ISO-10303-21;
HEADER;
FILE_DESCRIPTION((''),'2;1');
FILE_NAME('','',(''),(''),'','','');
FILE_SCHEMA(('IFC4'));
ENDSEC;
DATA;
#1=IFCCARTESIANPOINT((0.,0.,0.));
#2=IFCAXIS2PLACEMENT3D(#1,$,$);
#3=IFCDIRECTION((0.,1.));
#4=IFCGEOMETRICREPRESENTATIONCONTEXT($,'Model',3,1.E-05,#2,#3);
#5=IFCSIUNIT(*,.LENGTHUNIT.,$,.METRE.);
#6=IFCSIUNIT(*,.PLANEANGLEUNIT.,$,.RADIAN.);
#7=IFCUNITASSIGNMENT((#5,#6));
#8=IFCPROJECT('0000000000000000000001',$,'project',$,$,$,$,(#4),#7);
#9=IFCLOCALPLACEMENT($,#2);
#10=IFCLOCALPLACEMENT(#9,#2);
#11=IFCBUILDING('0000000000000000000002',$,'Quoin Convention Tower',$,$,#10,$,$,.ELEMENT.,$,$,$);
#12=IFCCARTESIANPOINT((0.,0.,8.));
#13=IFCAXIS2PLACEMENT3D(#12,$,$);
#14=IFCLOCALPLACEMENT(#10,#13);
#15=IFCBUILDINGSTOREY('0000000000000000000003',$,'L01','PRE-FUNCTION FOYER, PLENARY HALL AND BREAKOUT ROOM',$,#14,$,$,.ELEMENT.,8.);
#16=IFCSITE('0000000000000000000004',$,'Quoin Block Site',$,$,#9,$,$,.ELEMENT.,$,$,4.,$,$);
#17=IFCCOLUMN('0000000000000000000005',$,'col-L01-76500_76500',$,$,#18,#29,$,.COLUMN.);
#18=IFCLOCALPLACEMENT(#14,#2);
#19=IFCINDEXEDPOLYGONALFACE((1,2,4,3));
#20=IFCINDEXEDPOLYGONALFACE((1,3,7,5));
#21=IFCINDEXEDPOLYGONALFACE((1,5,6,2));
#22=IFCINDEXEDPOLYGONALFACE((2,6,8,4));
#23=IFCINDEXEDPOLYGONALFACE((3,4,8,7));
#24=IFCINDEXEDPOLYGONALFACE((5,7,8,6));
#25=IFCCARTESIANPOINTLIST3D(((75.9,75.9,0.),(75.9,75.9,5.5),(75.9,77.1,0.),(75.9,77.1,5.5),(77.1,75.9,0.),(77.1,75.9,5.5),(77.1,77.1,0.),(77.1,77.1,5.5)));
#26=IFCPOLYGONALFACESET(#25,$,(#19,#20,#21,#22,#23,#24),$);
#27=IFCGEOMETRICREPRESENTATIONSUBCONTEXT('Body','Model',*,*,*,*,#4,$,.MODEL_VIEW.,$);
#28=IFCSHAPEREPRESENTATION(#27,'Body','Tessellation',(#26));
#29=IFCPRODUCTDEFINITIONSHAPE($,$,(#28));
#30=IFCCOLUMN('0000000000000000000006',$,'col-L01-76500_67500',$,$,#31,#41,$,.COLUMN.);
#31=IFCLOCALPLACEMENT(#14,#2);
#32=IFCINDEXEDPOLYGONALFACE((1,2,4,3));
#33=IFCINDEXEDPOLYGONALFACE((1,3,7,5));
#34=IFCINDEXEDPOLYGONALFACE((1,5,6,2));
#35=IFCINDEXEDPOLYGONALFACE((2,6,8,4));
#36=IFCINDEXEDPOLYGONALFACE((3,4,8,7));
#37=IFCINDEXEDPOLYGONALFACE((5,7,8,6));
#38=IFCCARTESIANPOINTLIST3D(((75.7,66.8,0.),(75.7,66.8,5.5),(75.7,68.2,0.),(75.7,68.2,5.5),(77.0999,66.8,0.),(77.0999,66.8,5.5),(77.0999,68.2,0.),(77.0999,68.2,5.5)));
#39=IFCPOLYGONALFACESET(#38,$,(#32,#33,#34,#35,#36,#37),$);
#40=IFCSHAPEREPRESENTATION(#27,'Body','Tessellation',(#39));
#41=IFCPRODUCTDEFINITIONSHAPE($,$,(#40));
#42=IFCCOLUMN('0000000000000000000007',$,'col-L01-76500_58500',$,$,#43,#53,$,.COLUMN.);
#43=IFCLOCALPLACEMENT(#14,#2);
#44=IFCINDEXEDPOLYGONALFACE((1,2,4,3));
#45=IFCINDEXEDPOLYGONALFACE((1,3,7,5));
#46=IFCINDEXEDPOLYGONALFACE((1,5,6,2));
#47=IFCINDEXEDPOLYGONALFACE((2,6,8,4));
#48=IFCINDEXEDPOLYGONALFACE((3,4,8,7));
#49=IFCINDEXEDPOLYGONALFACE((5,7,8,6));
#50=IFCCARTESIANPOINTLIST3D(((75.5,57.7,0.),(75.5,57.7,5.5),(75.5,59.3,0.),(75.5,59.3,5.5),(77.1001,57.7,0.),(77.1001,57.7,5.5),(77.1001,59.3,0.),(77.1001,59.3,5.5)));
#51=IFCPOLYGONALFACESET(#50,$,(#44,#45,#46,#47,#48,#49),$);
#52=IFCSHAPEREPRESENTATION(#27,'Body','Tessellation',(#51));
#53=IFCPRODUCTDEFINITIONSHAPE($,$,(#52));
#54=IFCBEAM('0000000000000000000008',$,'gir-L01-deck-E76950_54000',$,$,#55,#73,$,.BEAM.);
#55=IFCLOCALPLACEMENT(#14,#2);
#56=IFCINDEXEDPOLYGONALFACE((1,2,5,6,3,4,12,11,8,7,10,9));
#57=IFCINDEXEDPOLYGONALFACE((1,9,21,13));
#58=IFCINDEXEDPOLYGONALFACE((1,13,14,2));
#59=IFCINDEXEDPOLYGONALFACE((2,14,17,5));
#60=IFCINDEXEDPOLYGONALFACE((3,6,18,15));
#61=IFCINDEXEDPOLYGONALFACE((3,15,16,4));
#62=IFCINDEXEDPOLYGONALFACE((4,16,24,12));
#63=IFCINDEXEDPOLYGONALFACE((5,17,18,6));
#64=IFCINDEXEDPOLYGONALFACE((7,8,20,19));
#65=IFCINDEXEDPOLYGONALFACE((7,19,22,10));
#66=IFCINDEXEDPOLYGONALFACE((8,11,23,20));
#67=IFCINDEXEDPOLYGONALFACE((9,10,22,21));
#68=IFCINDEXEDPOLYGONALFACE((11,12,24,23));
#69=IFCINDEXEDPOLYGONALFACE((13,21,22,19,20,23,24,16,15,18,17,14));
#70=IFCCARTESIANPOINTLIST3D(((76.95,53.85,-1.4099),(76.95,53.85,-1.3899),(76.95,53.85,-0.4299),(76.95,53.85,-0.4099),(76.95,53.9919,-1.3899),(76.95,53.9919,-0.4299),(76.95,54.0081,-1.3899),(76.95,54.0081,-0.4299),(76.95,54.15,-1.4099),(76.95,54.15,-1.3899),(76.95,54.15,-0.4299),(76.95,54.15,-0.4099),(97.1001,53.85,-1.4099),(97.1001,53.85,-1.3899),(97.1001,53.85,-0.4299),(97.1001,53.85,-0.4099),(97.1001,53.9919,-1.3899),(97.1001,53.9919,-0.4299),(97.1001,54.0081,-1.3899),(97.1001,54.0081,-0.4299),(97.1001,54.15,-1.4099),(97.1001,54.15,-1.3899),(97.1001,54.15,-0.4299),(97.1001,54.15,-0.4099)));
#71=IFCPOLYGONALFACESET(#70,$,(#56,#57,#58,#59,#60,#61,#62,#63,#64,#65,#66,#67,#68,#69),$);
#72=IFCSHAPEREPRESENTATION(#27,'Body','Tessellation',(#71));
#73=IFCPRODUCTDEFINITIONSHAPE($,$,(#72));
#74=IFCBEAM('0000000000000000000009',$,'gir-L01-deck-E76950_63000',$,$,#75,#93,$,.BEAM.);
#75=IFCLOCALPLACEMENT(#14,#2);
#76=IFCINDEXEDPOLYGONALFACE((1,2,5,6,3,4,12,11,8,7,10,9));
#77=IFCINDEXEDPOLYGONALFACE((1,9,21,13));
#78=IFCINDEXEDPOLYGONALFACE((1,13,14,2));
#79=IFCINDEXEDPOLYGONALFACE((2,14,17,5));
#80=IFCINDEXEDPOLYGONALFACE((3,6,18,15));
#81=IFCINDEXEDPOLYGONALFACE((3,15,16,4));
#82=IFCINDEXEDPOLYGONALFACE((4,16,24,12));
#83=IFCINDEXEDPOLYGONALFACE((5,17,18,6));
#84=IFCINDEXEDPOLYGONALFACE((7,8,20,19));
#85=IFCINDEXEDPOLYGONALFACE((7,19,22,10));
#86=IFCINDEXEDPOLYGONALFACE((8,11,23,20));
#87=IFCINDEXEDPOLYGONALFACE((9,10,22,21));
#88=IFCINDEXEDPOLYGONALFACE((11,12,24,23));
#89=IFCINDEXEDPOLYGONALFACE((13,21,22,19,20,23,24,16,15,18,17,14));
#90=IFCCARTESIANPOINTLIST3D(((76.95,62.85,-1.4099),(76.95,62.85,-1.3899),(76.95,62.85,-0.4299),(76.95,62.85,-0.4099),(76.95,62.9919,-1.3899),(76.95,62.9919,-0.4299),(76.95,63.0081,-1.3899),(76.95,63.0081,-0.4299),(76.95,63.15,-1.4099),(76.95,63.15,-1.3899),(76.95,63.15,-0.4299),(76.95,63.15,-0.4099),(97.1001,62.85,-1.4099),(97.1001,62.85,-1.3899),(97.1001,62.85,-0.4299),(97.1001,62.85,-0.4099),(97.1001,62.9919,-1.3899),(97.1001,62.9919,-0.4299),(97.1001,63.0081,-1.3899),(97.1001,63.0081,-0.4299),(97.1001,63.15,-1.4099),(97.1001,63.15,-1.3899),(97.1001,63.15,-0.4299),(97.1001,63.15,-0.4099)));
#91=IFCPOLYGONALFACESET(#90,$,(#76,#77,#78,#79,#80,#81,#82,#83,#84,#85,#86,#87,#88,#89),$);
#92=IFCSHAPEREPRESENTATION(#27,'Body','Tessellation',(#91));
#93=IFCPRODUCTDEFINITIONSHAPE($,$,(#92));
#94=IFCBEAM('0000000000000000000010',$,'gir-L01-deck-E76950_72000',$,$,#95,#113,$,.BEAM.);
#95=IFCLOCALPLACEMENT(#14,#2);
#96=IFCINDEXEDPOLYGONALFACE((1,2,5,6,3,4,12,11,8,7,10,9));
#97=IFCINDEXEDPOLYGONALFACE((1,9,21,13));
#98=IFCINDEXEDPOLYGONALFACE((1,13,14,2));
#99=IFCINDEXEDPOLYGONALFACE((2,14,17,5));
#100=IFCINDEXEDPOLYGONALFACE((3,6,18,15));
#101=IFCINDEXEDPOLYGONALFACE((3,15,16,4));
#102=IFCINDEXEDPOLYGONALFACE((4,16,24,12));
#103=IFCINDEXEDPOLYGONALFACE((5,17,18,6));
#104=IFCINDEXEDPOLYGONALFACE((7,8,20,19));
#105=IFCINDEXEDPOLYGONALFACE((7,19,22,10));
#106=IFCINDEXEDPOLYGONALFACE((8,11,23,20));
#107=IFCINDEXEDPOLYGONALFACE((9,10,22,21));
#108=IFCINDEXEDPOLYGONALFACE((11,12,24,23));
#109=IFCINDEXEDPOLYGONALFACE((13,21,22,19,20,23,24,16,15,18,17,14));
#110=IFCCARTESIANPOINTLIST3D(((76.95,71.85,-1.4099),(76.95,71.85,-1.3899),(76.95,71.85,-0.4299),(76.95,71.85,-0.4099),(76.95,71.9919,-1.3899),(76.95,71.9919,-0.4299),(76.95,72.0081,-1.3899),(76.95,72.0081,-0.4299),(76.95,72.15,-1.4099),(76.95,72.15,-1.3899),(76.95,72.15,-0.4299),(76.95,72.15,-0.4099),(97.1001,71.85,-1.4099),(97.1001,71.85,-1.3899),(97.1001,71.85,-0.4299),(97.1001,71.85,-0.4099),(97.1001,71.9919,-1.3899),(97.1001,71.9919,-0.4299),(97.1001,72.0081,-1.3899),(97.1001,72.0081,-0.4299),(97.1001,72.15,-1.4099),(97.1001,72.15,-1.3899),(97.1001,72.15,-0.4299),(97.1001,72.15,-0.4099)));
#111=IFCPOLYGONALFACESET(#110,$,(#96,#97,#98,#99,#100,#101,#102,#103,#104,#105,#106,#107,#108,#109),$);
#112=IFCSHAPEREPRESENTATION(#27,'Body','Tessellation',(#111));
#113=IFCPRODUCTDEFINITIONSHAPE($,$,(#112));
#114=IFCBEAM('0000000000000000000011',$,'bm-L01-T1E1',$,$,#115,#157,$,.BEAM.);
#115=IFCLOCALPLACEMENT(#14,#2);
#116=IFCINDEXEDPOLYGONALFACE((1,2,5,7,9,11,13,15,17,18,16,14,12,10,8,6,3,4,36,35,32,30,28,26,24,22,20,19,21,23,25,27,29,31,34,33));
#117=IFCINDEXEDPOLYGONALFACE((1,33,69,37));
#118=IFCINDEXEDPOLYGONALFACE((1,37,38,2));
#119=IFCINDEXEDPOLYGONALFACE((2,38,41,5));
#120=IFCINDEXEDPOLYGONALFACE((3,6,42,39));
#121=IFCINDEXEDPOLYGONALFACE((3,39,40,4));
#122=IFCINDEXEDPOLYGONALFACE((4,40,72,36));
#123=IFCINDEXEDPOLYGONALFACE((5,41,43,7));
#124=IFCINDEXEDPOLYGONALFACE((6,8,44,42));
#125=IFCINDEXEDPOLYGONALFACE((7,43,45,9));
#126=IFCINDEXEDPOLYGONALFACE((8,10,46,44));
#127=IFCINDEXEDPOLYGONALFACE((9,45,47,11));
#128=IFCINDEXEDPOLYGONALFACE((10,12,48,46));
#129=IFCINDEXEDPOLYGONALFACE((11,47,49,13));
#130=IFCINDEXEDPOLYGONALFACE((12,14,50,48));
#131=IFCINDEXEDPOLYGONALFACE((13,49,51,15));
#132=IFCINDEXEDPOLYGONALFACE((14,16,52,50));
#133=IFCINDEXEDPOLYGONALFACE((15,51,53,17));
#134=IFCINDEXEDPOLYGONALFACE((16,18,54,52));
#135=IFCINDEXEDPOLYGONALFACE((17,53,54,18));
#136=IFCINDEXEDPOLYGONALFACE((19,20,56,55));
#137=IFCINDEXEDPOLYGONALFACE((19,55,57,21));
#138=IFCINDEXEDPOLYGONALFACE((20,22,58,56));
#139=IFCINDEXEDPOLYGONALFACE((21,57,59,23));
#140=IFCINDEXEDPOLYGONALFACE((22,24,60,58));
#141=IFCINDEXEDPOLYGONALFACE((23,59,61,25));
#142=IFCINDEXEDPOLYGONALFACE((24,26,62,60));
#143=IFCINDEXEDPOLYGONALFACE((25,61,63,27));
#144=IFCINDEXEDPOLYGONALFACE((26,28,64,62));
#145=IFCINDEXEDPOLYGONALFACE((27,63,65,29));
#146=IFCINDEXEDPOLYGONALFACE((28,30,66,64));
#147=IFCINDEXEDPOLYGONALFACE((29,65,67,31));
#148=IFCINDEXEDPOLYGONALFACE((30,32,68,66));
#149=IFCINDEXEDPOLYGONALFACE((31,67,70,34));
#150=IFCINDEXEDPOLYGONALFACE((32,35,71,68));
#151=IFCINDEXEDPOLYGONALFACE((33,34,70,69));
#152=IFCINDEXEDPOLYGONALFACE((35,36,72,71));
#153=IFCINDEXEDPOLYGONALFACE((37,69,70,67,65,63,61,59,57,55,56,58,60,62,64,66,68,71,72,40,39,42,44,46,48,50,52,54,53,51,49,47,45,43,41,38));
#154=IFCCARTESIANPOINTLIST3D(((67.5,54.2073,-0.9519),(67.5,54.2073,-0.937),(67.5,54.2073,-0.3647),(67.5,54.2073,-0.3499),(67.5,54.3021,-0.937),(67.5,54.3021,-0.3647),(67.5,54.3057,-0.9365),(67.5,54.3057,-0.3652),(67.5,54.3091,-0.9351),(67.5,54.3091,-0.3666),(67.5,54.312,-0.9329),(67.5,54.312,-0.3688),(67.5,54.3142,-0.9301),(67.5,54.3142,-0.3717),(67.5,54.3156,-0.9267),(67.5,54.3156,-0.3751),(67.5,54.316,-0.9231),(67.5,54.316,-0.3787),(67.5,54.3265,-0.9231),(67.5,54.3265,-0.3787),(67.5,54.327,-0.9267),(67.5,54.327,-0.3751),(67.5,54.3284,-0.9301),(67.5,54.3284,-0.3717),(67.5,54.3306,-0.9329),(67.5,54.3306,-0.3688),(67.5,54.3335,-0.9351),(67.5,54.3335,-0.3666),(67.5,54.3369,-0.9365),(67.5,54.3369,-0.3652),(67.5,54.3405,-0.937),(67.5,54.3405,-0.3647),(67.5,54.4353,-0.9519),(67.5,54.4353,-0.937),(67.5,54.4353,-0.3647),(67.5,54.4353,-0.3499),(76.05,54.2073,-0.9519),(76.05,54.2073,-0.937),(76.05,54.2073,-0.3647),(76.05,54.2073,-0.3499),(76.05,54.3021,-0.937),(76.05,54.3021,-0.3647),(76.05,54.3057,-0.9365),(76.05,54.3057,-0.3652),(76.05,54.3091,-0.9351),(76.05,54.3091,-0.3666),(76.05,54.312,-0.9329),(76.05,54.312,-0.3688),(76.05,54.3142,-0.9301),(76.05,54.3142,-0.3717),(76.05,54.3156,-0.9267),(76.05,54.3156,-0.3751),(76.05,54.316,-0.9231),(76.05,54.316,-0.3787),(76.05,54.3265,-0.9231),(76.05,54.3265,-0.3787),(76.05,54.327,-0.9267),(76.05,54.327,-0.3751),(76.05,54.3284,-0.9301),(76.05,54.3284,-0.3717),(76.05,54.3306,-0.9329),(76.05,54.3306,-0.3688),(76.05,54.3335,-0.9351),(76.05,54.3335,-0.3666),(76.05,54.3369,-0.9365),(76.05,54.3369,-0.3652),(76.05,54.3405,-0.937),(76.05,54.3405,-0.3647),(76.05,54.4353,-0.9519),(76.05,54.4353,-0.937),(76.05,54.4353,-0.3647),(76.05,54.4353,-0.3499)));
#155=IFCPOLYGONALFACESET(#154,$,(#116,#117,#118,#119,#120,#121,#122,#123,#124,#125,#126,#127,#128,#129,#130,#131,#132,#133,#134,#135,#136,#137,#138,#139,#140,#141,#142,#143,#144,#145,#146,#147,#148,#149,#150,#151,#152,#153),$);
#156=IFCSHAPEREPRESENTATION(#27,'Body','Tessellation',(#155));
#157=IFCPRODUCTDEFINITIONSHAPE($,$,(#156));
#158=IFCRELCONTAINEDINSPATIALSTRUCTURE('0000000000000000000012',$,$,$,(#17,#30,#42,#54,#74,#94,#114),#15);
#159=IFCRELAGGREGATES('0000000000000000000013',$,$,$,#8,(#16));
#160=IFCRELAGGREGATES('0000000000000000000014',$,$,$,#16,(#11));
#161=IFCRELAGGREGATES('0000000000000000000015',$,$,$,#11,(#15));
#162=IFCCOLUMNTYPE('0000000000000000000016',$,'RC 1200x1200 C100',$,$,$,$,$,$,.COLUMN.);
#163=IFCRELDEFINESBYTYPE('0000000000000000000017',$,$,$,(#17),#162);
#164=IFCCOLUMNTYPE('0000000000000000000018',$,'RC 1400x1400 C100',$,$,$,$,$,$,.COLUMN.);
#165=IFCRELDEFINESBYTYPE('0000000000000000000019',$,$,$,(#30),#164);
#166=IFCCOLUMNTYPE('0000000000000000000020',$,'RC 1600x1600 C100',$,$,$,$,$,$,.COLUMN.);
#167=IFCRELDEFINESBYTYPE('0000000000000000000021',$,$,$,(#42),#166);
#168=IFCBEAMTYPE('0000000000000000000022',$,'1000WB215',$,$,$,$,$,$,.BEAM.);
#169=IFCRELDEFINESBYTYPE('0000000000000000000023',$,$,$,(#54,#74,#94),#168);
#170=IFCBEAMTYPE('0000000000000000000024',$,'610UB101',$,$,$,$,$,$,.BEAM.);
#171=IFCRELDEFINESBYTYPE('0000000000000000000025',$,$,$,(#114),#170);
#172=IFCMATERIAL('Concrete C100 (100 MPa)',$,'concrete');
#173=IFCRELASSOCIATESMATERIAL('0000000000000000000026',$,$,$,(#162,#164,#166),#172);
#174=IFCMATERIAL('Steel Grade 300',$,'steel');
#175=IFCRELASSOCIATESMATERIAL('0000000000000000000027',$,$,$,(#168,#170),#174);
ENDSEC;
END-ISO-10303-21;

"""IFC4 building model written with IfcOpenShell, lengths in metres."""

from ifc_helpers import new_model, si_unit, direction, frame, origin, origin_2d, place, context, subcontext, project, spatial, rectangle, i_section, extrude, material, material_profile, profile_set, type_object, element, save


model = new_model("IFC4")

# Units and contexts
model_context = context("Model", 3, precision=1e-05, world=origin(), true_north=direction((0.0, 1.0)))
body_context = subcontext(model_context, "Body", "Model", "MODEL_VIEW")
ifc_project = project(units=[si_unit("LENGTHUNIT", "METRE"), si_unit("PLANEANGLEUNIT", "RADIAN")], contexts=[model_context])

# Site, building, storey
site_placement = place(None, origin())
site = spatial("IfcSite", under=ifc_project, at=site_placement, Name="Quoin Block Site", CompositionType="ELEMENT", RefElevation=4.0)
building_placement = place(site_placement, origin())
building = spatial("IfcBuilding", under=site, at=building_placement, Name="Quoin Convention Tower", CompositionType="ELEMENT")
storey_placement = place(building_placement, frame((0.0, 0.0, 8.0)))
storey = spatial("IfcBuildingStorey", under=building, at=storey_placement, Name="L01", Description="PRE-FUNCTION FOYER, PLENARY HALL AND BREAKOUT ROOM", CompositionType="ELEMENT", Elevation=8.0)

# Columns
ifc_material_1 = material(Name="Concrete C100 (100 MPa)", Category="concrete")
ifc_material_profile_1 = material_profile(ifc_material_1, rectangle(XDim=1.2, YDim=1.2, at=origin_2d()), Name="RC 1200x1200")
ifc_profile_set_1 = profile_set([ifc_material_profile_1], Name="Concrete C100 (100 MPa)")
column_type_1 = type_object("IfcColumnType", Name="RC 1200x1200 C100", PredefinedType="COLUMN", material=ifc_profile_set_1)
column_1_placement = place(storey_placement, frame((76.5, 76.5, 0.0), z_axis=(0.0, 0.0, 1.0), x_axis=(1.0, 0.0, 0.0)))
element("IfcColumn", 1, at=column_1_placement, inside=storey, type_object=column_type_1, Name="col-L01-76500_76500", PredefinedType="COLUMN", context=body_context, shape_type="SweptSolid", body=[
    extrude(rectangle(XDim=1.2, YDim=1.2, at=origin_2d()), origin(), (0.0, 0.0, 1.0), 5.5),
])
ifc_material_profile_2 = material_profile(ifc_material_1, rectangle(XDim=1.3999, YDim=1.3999, at=origin_2d()), Name="RC 1400x1400")
ifc_profile_set_2 = profile_set([ifc_material_profile_2], Name="Concrete C100 (100 MPa)")
column_type_2 = type_object("IfcColumnType", Name="RC 1400x1400 C100", PredefinedType="COLUMN", material=ifc_profile_set_2)
column_2_placement = place(storey_placement, frame((76.3999, 67.5, 0.0), z_axis=(0.0, 0.0, 1.0), x_axis=(1.0, 0.0, 0.0)))
element("IfcColumn", 2, at=column_2_placement, inside=storey, type_object=column_type_2, Name="col-L01-76500_67500", PredefinedType="COLUMN", context=body_context, shape_type="SweptSolid", body=[
    extrude(rectangle(XDim=1.3999, YDim=1.3999, at=origin_2d()), origin(), (0.0, 0.0, 1.0), 5.5),
])
ifc_material_profile_3 = material_profile(ifc_material_1, rectangle(XDim=1.6001, YDim=1.6001, at=origin_2d()), Name="RC 1600x1600")
ifc_profile_set_3 = profile_set([ifc_material_profile_3], Name="Concrete C100 (100 MPa)")
column_type_3 = type_object("IfcColumnType", Name="RC 1600x1600 C100", PredefinedType="COLUMN", material=ifc_profile_set_3)
column_3_placement = place(storey_placement, frame((76.3, 58.5, 0.0), z_axis=(0.0, 0.0, 1.0), x_axis=(1.0, 0.0, 0.0)))
element("IfcColumn", 3, at=column_3_placement, inside=storey, type_object=column_type_3, Name="col-L01-76500_58500", PredefinedType="COLUMN", context=body_context, shape_type="SweptSolid", body=[
    extrude(rectangle(XDim=1.6001, YDim=1.6001, at=origin_2d()), origin(), (0.0, 0.0, 1.0), 5.5),
])

# Beams
ifc_material_2 = material(Name="Steel Grade 300", Category="steel")
ifc_material_profile_4 = material_profile(ifc_material_2, i_section(OverallWidth=0.3, OverallDepth=1.0, WebThickness=0.0161, FlangeThickness=0.02, at=origin_2d()), Name="1000WB215")
ifc_profile_set_4 = profile_set([ifc_material_profile_4], Name="Steel Grade 300")
beam_type_1 = type_object("IfcBeamType", Name="1000WB215", PredefinedType="BEAM", material=ifc_profile_set_4)
for number, where, z_axis, x_axis, name in (
    (4, (76.95, 54.0, -0.9099), (1.0, 0.0, 0.0), (0.0, 1.0, 0.0), "gir-L01-deck-E76950_54000"),
    (5, (76.95, 63.0, -0.9099), (1.0, 0.0, 0.0), (0.0, 1.0, 0.0), "gir-L01-deck-E76950_63000"),
    (6, (76.95, 72.0, -0.9099), (1.0, 0.0, 0.0), (0.0, 1.0, 0.0), "gir-L01-deck-E76950_72000"),
):
    element("IfcBeam", number, at=place(storey_placement, frame(where, z_axis=z_axis, x_axis=x_axis)), inside=storey, type_object=beam_type_1, Name=name, PredefinedType="BEAM", context=body_context, shape_type="SweptSolid", body=[
        extrude(i_section(OverallWidth=0.3, OverallDepth=1.0, WebThickness=0.0161, FlangeThickness=0.02, at=origin_2d()), origin(), (0.0, 0.0, 1.0), 20.1501),
    ])
ifc_material_profile_5 = material_profile(ifc_material_2, i_section(OverallWidth=0.228, OverallDepth=0.6021, WebThickness=0.0105, FlangeThickness=0.0149, FilletRadius=0.0139, at=origin_2d()), Name="610UB101")
ifc_profile_set_5 = profile_set([ifc_material_profile_5], Name="Steel Grade 300")
beam_type_2 = type_object("IfcBeamType", Name="610UB101", PredefinedType="BEAM", material=ifc_profile_set_5)
for number, where, z_axis, x_axis, name in (
    (7, (67.5, 54.3213, -0.6509), (1.0, 0.0, 0.0), (0.0, 1.0, 0.0), "bm-L01-T1E1"),
):
    element("IfcBeam", number, at=place(storey_placement, frame(where, z_axis=z_axis, x_axis=x_axis)), inside=storey, type_object=beam_type_2, Name=name, PredefinedType="BEAM", context=body_context, shape_type="SweptSolid", body=[
        extrude(i_section(OverallWidth=0.228, OverallDepth=0.6021, WebThickness=0.0105, FlangeThickness=0.0149, FilletRadius=0.0139, at=origin_2d()), origin(), (0.0, 0.0, 1.0), 8.55),
    ])

save(model, "model.ifc")
